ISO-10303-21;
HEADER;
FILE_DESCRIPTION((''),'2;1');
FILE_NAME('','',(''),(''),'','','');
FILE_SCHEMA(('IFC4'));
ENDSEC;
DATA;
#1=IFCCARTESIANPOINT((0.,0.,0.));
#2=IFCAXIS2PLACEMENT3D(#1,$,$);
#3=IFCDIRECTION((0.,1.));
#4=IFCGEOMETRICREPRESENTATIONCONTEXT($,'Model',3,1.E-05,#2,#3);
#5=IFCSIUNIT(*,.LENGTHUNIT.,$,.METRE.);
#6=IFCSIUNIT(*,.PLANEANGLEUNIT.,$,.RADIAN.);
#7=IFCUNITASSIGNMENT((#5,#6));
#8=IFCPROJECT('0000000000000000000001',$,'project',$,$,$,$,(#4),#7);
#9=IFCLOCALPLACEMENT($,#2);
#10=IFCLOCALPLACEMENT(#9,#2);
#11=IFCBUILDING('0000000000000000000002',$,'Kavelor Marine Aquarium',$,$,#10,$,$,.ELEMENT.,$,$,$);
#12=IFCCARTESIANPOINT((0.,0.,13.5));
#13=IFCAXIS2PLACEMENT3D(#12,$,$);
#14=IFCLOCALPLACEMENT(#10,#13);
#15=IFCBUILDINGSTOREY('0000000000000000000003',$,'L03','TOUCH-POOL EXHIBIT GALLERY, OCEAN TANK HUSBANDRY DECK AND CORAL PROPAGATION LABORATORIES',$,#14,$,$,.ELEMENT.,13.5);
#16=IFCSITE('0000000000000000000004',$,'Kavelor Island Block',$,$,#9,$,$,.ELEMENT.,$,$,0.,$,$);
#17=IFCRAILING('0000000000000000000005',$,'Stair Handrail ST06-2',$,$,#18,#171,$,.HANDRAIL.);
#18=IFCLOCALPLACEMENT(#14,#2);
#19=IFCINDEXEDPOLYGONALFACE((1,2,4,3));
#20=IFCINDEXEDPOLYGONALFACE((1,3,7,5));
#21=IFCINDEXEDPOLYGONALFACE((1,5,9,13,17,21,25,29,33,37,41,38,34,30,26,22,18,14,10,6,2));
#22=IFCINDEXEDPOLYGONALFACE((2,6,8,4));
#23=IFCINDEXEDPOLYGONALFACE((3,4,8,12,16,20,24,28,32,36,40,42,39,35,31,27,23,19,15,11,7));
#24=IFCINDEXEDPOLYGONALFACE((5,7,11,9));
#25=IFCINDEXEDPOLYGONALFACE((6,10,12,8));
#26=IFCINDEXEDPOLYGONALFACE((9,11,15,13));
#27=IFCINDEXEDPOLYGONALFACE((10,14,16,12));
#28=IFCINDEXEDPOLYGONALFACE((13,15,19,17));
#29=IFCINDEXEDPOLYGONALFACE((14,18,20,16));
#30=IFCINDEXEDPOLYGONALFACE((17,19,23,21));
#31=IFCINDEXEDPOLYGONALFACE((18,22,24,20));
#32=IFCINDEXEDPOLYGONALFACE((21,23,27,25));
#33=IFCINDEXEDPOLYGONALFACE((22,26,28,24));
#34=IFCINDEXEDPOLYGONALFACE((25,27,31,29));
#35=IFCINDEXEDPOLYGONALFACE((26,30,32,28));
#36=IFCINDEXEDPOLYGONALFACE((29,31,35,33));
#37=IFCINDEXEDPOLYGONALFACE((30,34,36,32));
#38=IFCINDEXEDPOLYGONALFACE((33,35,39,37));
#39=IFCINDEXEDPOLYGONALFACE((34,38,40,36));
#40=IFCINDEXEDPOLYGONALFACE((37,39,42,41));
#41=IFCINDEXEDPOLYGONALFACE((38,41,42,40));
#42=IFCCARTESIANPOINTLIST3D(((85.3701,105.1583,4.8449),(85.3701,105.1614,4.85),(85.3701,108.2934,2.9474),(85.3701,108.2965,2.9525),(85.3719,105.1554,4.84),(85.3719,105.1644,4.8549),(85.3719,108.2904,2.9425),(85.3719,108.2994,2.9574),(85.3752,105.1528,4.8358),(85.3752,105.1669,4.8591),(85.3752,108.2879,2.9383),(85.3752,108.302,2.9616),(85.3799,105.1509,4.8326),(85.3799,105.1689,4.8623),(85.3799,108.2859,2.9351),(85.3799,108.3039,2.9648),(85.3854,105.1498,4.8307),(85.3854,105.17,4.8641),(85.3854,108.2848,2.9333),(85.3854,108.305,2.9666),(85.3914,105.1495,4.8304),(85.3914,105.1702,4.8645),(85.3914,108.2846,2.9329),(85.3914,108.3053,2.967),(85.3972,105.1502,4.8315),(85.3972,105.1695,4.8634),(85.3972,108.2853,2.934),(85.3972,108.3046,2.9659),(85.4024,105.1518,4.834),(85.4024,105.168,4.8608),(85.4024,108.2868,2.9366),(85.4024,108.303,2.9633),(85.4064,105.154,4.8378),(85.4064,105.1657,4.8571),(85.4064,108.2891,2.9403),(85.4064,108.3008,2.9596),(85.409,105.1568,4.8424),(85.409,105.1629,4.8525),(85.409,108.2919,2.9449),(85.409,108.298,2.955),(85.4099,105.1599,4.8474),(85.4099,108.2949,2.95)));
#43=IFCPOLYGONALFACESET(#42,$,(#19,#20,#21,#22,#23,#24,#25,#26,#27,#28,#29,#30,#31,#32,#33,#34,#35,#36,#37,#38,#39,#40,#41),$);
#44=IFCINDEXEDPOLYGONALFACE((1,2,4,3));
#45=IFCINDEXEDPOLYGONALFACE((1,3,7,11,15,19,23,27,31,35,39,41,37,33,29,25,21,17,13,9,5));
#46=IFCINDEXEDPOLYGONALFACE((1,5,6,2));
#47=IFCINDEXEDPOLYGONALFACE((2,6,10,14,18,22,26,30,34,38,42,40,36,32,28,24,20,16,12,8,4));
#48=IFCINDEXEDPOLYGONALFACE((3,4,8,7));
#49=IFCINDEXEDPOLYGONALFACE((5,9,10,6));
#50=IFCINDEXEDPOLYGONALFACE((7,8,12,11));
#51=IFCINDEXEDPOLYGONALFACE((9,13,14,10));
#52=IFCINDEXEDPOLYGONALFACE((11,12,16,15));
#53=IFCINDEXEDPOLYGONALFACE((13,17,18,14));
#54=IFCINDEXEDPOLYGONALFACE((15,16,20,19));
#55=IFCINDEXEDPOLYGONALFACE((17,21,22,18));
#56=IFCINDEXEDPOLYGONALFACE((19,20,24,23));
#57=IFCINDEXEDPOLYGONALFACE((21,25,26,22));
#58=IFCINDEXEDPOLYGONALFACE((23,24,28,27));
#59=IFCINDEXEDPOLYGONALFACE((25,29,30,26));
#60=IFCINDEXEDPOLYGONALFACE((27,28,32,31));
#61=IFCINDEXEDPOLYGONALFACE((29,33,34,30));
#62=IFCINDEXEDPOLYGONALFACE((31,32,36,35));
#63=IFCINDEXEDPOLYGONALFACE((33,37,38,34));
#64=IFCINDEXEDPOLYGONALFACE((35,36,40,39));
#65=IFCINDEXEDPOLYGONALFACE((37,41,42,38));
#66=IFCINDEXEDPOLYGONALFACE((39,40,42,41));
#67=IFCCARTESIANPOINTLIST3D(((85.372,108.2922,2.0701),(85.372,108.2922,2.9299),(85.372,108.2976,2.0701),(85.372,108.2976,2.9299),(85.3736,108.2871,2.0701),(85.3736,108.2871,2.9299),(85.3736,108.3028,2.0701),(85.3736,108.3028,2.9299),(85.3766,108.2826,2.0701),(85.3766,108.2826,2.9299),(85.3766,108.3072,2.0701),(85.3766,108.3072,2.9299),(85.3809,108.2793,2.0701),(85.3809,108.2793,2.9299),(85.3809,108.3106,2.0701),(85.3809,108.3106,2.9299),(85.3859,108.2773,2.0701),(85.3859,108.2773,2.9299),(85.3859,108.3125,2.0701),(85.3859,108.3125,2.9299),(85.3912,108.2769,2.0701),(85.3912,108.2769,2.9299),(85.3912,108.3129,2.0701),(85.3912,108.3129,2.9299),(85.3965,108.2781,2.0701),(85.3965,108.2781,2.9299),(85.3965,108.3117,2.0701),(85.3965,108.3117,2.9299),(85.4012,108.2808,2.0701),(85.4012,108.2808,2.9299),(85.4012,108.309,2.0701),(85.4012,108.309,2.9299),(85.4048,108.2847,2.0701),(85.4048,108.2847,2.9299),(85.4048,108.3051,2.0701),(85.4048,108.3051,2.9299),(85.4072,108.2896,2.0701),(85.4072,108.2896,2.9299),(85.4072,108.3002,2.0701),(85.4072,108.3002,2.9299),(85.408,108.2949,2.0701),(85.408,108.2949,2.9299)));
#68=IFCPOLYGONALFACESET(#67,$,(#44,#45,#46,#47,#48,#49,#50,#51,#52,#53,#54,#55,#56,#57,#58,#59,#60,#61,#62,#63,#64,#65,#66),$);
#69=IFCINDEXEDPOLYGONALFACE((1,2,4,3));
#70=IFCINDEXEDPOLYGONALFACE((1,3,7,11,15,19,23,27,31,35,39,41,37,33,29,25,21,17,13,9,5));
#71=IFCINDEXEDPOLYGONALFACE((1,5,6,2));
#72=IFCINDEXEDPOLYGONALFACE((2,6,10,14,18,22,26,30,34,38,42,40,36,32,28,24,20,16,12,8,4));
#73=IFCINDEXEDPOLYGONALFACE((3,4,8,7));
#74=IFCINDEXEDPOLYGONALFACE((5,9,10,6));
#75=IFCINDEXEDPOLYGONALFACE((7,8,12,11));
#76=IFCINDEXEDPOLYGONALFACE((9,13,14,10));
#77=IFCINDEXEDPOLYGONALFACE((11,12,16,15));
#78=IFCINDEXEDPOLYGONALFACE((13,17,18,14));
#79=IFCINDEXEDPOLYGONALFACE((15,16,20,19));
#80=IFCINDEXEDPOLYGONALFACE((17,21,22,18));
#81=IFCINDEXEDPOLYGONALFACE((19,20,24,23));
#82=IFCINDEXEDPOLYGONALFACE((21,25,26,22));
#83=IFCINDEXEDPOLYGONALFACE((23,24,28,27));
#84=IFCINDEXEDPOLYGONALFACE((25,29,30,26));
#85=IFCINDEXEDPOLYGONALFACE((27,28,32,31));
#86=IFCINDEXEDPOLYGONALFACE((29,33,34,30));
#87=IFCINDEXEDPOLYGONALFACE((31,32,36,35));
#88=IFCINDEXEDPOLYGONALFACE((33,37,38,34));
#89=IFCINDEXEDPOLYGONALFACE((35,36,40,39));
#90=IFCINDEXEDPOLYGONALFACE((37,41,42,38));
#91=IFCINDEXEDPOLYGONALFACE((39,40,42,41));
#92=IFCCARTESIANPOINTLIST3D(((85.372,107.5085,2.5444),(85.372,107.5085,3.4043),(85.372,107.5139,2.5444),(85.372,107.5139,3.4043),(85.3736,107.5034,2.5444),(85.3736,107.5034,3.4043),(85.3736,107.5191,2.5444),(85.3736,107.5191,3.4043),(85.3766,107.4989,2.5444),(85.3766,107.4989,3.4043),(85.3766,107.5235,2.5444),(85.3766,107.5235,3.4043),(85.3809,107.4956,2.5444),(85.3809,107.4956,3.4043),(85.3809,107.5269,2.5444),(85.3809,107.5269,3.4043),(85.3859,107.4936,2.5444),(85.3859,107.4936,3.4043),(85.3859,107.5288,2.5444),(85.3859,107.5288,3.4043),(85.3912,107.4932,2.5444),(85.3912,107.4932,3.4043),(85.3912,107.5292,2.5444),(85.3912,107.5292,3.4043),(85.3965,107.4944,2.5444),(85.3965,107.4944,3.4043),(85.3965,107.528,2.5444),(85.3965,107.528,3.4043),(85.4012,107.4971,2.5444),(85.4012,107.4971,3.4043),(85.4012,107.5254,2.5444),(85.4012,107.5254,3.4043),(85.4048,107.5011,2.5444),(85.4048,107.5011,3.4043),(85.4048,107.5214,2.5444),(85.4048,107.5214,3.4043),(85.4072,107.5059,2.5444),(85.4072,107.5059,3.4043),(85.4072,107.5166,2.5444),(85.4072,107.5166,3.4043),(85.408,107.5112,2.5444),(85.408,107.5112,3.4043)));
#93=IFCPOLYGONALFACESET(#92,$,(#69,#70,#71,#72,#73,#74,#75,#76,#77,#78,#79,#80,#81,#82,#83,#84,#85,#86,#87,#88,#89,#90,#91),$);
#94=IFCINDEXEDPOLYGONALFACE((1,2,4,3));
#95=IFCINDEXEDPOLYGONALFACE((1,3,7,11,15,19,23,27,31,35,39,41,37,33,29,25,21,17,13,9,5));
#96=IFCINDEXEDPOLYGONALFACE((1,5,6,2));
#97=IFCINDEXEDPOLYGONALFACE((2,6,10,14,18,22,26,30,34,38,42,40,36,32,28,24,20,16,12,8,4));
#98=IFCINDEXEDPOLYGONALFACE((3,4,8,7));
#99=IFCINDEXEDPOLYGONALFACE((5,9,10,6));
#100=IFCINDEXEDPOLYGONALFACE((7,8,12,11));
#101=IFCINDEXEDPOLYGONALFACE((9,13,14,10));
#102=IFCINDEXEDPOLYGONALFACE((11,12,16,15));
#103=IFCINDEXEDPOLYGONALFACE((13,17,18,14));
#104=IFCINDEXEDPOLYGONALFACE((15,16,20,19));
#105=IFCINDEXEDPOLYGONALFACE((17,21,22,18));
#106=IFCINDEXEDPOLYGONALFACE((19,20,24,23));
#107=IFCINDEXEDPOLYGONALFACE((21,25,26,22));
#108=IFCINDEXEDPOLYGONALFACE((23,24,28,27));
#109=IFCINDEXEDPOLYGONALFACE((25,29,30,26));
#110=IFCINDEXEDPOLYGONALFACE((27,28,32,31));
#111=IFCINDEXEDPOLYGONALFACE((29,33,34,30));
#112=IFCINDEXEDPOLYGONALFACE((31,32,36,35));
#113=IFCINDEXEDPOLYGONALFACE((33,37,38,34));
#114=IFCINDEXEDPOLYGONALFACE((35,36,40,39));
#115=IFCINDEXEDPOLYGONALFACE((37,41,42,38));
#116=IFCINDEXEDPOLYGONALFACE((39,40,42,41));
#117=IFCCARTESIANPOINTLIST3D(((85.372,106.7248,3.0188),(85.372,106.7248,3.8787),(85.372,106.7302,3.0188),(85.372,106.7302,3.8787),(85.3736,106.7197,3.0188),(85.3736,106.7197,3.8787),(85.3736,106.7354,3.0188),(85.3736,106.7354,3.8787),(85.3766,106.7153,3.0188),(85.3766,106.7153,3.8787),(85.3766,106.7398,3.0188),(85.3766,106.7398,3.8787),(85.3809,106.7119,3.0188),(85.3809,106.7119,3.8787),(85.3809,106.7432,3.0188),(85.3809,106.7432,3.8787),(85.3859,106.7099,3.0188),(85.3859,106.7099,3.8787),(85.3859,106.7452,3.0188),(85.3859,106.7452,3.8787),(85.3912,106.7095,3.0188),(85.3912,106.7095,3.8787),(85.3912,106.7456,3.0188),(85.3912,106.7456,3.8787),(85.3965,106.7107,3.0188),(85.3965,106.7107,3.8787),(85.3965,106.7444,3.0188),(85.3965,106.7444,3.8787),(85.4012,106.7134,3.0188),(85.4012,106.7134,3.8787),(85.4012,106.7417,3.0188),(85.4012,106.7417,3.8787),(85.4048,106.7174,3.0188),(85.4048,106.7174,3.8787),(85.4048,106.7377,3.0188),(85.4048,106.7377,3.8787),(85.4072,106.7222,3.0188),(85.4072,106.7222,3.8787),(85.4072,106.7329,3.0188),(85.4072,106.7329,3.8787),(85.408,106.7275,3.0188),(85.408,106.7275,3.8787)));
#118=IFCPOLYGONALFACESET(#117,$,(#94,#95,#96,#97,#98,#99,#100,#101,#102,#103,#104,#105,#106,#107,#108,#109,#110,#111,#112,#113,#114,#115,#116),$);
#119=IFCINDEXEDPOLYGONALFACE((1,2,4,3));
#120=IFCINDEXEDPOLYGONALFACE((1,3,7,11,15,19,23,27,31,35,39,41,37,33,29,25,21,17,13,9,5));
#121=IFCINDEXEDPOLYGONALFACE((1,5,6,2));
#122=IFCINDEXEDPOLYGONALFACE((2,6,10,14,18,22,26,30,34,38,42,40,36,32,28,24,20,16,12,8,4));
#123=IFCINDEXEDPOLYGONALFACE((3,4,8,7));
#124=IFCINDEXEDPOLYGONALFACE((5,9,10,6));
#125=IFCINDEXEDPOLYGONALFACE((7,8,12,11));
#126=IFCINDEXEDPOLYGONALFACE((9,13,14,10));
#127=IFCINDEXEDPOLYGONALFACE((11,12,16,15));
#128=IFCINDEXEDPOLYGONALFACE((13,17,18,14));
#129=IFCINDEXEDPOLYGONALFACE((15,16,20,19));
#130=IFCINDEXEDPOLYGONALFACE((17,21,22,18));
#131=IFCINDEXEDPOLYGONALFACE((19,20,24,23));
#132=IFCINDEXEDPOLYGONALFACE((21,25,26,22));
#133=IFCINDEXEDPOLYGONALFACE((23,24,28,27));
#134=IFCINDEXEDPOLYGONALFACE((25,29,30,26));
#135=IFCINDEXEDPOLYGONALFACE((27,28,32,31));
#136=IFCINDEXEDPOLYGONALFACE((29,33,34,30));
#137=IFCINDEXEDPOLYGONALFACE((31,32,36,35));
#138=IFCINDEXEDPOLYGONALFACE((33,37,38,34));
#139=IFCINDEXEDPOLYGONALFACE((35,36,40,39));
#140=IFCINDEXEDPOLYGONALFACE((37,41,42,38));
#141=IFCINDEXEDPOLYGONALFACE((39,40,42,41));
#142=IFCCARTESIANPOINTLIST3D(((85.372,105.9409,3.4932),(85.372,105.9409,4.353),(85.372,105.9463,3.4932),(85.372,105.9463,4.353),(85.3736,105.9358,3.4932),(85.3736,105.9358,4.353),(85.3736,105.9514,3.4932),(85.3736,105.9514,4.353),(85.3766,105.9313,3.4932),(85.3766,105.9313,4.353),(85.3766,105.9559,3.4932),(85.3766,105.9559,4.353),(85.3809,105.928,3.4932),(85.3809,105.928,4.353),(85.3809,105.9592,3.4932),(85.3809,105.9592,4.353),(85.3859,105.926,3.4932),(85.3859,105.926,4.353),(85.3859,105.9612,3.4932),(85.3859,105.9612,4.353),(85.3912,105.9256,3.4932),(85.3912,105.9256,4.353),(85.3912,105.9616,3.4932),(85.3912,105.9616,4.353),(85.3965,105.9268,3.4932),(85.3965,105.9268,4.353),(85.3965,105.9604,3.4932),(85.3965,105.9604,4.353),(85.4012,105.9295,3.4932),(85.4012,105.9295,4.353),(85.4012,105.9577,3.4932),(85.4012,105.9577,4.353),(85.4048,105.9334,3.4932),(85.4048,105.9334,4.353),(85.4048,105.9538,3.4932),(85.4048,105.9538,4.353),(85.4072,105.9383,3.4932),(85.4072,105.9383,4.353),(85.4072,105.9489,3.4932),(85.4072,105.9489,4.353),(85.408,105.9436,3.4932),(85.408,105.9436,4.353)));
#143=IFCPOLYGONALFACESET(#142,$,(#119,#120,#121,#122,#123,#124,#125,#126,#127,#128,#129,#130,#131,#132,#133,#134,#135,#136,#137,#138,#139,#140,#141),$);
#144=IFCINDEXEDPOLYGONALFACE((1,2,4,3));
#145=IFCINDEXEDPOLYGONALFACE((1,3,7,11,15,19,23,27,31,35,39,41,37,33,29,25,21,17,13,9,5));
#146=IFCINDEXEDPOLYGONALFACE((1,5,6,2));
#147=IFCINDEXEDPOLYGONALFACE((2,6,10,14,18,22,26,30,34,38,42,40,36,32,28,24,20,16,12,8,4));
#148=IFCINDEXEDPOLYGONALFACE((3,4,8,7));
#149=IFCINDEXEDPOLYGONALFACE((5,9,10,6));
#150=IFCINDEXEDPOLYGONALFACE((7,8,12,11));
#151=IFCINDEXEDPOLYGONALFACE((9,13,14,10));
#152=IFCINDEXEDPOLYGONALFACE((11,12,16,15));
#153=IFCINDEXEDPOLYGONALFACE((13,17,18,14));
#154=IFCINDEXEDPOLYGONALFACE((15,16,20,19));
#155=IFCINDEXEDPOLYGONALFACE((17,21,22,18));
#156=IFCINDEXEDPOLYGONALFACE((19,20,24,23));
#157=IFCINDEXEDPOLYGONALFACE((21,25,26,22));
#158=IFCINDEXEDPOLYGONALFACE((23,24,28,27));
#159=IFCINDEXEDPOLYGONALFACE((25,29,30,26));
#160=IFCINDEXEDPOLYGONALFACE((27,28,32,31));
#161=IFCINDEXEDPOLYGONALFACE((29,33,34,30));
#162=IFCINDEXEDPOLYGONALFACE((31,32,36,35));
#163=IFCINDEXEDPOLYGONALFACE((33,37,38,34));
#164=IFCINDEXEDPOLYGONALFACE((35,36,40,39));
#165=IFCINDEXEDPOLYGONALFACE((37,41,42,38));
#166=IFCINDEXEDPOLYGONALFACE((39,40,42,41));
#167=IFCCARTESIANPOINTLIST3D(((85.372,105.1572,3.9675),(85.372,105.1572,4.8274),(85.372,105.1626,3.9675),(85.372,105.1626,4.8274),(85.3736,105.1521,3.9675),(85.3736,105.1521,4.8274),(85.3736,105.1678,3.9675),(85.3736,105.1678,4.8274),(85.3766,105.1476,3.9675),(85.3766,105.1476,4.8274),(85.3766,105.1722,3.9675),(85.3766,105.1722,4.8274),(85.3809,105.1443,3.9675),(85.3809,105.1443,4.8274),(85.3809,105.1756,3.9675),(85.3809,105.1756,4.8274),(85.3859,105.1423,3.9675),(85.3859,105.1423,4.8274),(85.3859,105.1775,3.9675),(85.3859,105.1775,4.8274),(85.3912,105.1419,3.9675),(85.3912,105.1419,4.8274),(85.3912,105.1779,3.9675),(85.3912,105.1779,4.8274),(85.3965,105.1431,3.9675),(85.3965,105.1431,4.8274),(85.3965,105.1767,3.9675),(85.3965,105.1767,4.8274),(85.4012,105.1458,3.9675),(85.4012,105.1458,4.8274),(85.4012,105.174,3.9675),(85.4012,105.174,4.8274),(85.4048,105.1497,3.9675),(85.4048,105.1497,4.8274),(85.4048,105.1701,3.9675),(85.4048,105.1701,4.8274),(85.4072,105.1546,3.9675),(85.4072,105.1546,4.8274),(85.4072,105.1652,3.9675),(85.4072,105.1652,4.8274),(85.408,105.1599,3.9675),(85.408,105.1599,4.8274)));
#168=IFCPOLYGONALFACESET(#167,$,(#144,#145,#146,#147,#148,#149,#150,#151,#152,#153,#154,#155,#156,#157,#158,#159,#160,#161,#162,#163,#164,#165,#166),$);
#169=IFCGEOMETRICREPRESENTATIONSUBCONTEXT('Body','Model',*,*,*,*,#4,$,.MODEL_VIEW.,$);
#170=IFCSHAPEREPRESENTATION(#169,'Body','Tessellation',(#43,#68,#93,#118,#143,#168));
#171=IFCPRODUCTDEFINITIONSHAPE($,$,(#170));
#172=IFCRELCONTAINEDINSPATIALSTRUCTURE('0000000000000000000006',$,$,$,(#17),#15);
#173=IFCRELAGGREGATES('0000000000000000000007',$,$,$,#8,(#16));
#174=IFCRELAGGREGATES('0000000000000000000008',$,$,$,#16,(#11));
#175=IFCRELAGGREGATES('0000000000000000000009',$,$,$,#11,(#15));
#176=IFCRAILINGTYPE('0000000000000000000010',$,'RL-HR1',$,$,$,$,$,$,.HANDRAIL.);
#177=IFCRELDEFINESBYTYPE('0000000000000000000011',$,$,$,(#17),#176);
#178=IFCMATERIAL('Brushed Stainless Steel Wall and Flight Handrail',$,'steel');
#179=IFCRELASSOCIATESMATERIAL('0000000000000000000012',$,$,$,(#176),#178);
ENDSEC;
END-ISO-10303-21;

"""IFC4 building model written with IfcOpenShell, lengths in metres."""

from ifc_helpers import new_model, si_unit, direction, frame, origin, origin_2d, place, context, subcontext, project, spatial, circle, extrude, material, type_object, element, save


model = new_model("IFC4")

# Units and contexts
model_context = context("Model", 3, precision=1e-05, world=origin(), true_north=direction((0.0, 1.0)))
body_context = subcontext(model_context, "Body", "Model", "MODEL_VIEW")
ifc_project = project(units=[si_unit("LENGTHUNIT", "METRE"), si_unit("PLANEANGLEUNIT", "RADIAN")], contexts=[model_context])

# Site, building, storey
site_placement = place(None, origin())
site = spatial("IfcSite", under=ifc_project, at=site_placement, Name="Kavelor Island Block", CompositionType="ELEMENT", RefElevation=0.0)
building_placement = place(site_placement, origin())
building = spatial("IfcBuilding", under=site, at=building_placement, Name="Kavelor Marine Aquarium", CompositionType="ELEMENT")
storey_placement = place(building_placement, frame((0.0, 0.0, 13.5)))
storey = spatial("IfcBuildingStorey", under=building, at=storey_placement, Name="L03", Description="TOUCH-POOL EXHIBIT GALLERY, OCEAN TANK HUSBANDRY DECK AND CORAL PROPAGATION LABORATORIES", CompositionType="ELEMENT", Elevation=13.5)

# Railing
ifc_material_1 = material(Name="Brushed Stainless Steel Wall and Flight Handrail", Category="steel")
railing_type_1 = type_object("IfcRailingType", Name="RL-HR1", PredefinedType="HANDRAIL", material=ifc_material_1)
railing_1_placement = place(storey_placement, frame((85.3899, 108.2949, 2.0701)))
element("IfcRailing", 1, at=railing_1_placement, inside=storey, type_object=railing_type_1, Name="Stair Handrail ST06-2", PredefinedType="HANDRAIL", context=body_context, shape_type="SweptSolid", body=[
    extrude(circle(Radius=0.02, at=origin_2d()), frame((0.0, 0.0, 0.8799), z_axis=(0.0, -0.855506, 0.517794), x_axis=(1.0, 0.0, 0.0)), (0.0, 0.0, 1.0), 3.6646),
    extrude(circle(Radius=0.0181, at=origin_2d()), origin(), (0.0, 0.0, 1.0), 0.8599),
    extrude(circle(Radius=0.0181, at=origin_2d()), frame((0.0, -0.7837, 0.4744)), (0.0, 0.0, 1.0), 0.8599),
    extrude(circle(Radius=0.0181, at=origin_2d()), frame((0.0, -1.5674, 0.9487)), (0.0, 0.0, 1.0), 0.8599),
    extrude(circle(Radius=0.0181, at=origin_2d()), frame((0.0, -2.3513, 1.4231)), (0.0, 0.0, 1.0), 0.8599),
    extrude(circle(Radius=0.0181, at=origin_2d()), frame((0.0, -3.135, 1.8975)), (0.0, 0.0, 1.0), 0.8599),
])

save(model, "model.ifc")
